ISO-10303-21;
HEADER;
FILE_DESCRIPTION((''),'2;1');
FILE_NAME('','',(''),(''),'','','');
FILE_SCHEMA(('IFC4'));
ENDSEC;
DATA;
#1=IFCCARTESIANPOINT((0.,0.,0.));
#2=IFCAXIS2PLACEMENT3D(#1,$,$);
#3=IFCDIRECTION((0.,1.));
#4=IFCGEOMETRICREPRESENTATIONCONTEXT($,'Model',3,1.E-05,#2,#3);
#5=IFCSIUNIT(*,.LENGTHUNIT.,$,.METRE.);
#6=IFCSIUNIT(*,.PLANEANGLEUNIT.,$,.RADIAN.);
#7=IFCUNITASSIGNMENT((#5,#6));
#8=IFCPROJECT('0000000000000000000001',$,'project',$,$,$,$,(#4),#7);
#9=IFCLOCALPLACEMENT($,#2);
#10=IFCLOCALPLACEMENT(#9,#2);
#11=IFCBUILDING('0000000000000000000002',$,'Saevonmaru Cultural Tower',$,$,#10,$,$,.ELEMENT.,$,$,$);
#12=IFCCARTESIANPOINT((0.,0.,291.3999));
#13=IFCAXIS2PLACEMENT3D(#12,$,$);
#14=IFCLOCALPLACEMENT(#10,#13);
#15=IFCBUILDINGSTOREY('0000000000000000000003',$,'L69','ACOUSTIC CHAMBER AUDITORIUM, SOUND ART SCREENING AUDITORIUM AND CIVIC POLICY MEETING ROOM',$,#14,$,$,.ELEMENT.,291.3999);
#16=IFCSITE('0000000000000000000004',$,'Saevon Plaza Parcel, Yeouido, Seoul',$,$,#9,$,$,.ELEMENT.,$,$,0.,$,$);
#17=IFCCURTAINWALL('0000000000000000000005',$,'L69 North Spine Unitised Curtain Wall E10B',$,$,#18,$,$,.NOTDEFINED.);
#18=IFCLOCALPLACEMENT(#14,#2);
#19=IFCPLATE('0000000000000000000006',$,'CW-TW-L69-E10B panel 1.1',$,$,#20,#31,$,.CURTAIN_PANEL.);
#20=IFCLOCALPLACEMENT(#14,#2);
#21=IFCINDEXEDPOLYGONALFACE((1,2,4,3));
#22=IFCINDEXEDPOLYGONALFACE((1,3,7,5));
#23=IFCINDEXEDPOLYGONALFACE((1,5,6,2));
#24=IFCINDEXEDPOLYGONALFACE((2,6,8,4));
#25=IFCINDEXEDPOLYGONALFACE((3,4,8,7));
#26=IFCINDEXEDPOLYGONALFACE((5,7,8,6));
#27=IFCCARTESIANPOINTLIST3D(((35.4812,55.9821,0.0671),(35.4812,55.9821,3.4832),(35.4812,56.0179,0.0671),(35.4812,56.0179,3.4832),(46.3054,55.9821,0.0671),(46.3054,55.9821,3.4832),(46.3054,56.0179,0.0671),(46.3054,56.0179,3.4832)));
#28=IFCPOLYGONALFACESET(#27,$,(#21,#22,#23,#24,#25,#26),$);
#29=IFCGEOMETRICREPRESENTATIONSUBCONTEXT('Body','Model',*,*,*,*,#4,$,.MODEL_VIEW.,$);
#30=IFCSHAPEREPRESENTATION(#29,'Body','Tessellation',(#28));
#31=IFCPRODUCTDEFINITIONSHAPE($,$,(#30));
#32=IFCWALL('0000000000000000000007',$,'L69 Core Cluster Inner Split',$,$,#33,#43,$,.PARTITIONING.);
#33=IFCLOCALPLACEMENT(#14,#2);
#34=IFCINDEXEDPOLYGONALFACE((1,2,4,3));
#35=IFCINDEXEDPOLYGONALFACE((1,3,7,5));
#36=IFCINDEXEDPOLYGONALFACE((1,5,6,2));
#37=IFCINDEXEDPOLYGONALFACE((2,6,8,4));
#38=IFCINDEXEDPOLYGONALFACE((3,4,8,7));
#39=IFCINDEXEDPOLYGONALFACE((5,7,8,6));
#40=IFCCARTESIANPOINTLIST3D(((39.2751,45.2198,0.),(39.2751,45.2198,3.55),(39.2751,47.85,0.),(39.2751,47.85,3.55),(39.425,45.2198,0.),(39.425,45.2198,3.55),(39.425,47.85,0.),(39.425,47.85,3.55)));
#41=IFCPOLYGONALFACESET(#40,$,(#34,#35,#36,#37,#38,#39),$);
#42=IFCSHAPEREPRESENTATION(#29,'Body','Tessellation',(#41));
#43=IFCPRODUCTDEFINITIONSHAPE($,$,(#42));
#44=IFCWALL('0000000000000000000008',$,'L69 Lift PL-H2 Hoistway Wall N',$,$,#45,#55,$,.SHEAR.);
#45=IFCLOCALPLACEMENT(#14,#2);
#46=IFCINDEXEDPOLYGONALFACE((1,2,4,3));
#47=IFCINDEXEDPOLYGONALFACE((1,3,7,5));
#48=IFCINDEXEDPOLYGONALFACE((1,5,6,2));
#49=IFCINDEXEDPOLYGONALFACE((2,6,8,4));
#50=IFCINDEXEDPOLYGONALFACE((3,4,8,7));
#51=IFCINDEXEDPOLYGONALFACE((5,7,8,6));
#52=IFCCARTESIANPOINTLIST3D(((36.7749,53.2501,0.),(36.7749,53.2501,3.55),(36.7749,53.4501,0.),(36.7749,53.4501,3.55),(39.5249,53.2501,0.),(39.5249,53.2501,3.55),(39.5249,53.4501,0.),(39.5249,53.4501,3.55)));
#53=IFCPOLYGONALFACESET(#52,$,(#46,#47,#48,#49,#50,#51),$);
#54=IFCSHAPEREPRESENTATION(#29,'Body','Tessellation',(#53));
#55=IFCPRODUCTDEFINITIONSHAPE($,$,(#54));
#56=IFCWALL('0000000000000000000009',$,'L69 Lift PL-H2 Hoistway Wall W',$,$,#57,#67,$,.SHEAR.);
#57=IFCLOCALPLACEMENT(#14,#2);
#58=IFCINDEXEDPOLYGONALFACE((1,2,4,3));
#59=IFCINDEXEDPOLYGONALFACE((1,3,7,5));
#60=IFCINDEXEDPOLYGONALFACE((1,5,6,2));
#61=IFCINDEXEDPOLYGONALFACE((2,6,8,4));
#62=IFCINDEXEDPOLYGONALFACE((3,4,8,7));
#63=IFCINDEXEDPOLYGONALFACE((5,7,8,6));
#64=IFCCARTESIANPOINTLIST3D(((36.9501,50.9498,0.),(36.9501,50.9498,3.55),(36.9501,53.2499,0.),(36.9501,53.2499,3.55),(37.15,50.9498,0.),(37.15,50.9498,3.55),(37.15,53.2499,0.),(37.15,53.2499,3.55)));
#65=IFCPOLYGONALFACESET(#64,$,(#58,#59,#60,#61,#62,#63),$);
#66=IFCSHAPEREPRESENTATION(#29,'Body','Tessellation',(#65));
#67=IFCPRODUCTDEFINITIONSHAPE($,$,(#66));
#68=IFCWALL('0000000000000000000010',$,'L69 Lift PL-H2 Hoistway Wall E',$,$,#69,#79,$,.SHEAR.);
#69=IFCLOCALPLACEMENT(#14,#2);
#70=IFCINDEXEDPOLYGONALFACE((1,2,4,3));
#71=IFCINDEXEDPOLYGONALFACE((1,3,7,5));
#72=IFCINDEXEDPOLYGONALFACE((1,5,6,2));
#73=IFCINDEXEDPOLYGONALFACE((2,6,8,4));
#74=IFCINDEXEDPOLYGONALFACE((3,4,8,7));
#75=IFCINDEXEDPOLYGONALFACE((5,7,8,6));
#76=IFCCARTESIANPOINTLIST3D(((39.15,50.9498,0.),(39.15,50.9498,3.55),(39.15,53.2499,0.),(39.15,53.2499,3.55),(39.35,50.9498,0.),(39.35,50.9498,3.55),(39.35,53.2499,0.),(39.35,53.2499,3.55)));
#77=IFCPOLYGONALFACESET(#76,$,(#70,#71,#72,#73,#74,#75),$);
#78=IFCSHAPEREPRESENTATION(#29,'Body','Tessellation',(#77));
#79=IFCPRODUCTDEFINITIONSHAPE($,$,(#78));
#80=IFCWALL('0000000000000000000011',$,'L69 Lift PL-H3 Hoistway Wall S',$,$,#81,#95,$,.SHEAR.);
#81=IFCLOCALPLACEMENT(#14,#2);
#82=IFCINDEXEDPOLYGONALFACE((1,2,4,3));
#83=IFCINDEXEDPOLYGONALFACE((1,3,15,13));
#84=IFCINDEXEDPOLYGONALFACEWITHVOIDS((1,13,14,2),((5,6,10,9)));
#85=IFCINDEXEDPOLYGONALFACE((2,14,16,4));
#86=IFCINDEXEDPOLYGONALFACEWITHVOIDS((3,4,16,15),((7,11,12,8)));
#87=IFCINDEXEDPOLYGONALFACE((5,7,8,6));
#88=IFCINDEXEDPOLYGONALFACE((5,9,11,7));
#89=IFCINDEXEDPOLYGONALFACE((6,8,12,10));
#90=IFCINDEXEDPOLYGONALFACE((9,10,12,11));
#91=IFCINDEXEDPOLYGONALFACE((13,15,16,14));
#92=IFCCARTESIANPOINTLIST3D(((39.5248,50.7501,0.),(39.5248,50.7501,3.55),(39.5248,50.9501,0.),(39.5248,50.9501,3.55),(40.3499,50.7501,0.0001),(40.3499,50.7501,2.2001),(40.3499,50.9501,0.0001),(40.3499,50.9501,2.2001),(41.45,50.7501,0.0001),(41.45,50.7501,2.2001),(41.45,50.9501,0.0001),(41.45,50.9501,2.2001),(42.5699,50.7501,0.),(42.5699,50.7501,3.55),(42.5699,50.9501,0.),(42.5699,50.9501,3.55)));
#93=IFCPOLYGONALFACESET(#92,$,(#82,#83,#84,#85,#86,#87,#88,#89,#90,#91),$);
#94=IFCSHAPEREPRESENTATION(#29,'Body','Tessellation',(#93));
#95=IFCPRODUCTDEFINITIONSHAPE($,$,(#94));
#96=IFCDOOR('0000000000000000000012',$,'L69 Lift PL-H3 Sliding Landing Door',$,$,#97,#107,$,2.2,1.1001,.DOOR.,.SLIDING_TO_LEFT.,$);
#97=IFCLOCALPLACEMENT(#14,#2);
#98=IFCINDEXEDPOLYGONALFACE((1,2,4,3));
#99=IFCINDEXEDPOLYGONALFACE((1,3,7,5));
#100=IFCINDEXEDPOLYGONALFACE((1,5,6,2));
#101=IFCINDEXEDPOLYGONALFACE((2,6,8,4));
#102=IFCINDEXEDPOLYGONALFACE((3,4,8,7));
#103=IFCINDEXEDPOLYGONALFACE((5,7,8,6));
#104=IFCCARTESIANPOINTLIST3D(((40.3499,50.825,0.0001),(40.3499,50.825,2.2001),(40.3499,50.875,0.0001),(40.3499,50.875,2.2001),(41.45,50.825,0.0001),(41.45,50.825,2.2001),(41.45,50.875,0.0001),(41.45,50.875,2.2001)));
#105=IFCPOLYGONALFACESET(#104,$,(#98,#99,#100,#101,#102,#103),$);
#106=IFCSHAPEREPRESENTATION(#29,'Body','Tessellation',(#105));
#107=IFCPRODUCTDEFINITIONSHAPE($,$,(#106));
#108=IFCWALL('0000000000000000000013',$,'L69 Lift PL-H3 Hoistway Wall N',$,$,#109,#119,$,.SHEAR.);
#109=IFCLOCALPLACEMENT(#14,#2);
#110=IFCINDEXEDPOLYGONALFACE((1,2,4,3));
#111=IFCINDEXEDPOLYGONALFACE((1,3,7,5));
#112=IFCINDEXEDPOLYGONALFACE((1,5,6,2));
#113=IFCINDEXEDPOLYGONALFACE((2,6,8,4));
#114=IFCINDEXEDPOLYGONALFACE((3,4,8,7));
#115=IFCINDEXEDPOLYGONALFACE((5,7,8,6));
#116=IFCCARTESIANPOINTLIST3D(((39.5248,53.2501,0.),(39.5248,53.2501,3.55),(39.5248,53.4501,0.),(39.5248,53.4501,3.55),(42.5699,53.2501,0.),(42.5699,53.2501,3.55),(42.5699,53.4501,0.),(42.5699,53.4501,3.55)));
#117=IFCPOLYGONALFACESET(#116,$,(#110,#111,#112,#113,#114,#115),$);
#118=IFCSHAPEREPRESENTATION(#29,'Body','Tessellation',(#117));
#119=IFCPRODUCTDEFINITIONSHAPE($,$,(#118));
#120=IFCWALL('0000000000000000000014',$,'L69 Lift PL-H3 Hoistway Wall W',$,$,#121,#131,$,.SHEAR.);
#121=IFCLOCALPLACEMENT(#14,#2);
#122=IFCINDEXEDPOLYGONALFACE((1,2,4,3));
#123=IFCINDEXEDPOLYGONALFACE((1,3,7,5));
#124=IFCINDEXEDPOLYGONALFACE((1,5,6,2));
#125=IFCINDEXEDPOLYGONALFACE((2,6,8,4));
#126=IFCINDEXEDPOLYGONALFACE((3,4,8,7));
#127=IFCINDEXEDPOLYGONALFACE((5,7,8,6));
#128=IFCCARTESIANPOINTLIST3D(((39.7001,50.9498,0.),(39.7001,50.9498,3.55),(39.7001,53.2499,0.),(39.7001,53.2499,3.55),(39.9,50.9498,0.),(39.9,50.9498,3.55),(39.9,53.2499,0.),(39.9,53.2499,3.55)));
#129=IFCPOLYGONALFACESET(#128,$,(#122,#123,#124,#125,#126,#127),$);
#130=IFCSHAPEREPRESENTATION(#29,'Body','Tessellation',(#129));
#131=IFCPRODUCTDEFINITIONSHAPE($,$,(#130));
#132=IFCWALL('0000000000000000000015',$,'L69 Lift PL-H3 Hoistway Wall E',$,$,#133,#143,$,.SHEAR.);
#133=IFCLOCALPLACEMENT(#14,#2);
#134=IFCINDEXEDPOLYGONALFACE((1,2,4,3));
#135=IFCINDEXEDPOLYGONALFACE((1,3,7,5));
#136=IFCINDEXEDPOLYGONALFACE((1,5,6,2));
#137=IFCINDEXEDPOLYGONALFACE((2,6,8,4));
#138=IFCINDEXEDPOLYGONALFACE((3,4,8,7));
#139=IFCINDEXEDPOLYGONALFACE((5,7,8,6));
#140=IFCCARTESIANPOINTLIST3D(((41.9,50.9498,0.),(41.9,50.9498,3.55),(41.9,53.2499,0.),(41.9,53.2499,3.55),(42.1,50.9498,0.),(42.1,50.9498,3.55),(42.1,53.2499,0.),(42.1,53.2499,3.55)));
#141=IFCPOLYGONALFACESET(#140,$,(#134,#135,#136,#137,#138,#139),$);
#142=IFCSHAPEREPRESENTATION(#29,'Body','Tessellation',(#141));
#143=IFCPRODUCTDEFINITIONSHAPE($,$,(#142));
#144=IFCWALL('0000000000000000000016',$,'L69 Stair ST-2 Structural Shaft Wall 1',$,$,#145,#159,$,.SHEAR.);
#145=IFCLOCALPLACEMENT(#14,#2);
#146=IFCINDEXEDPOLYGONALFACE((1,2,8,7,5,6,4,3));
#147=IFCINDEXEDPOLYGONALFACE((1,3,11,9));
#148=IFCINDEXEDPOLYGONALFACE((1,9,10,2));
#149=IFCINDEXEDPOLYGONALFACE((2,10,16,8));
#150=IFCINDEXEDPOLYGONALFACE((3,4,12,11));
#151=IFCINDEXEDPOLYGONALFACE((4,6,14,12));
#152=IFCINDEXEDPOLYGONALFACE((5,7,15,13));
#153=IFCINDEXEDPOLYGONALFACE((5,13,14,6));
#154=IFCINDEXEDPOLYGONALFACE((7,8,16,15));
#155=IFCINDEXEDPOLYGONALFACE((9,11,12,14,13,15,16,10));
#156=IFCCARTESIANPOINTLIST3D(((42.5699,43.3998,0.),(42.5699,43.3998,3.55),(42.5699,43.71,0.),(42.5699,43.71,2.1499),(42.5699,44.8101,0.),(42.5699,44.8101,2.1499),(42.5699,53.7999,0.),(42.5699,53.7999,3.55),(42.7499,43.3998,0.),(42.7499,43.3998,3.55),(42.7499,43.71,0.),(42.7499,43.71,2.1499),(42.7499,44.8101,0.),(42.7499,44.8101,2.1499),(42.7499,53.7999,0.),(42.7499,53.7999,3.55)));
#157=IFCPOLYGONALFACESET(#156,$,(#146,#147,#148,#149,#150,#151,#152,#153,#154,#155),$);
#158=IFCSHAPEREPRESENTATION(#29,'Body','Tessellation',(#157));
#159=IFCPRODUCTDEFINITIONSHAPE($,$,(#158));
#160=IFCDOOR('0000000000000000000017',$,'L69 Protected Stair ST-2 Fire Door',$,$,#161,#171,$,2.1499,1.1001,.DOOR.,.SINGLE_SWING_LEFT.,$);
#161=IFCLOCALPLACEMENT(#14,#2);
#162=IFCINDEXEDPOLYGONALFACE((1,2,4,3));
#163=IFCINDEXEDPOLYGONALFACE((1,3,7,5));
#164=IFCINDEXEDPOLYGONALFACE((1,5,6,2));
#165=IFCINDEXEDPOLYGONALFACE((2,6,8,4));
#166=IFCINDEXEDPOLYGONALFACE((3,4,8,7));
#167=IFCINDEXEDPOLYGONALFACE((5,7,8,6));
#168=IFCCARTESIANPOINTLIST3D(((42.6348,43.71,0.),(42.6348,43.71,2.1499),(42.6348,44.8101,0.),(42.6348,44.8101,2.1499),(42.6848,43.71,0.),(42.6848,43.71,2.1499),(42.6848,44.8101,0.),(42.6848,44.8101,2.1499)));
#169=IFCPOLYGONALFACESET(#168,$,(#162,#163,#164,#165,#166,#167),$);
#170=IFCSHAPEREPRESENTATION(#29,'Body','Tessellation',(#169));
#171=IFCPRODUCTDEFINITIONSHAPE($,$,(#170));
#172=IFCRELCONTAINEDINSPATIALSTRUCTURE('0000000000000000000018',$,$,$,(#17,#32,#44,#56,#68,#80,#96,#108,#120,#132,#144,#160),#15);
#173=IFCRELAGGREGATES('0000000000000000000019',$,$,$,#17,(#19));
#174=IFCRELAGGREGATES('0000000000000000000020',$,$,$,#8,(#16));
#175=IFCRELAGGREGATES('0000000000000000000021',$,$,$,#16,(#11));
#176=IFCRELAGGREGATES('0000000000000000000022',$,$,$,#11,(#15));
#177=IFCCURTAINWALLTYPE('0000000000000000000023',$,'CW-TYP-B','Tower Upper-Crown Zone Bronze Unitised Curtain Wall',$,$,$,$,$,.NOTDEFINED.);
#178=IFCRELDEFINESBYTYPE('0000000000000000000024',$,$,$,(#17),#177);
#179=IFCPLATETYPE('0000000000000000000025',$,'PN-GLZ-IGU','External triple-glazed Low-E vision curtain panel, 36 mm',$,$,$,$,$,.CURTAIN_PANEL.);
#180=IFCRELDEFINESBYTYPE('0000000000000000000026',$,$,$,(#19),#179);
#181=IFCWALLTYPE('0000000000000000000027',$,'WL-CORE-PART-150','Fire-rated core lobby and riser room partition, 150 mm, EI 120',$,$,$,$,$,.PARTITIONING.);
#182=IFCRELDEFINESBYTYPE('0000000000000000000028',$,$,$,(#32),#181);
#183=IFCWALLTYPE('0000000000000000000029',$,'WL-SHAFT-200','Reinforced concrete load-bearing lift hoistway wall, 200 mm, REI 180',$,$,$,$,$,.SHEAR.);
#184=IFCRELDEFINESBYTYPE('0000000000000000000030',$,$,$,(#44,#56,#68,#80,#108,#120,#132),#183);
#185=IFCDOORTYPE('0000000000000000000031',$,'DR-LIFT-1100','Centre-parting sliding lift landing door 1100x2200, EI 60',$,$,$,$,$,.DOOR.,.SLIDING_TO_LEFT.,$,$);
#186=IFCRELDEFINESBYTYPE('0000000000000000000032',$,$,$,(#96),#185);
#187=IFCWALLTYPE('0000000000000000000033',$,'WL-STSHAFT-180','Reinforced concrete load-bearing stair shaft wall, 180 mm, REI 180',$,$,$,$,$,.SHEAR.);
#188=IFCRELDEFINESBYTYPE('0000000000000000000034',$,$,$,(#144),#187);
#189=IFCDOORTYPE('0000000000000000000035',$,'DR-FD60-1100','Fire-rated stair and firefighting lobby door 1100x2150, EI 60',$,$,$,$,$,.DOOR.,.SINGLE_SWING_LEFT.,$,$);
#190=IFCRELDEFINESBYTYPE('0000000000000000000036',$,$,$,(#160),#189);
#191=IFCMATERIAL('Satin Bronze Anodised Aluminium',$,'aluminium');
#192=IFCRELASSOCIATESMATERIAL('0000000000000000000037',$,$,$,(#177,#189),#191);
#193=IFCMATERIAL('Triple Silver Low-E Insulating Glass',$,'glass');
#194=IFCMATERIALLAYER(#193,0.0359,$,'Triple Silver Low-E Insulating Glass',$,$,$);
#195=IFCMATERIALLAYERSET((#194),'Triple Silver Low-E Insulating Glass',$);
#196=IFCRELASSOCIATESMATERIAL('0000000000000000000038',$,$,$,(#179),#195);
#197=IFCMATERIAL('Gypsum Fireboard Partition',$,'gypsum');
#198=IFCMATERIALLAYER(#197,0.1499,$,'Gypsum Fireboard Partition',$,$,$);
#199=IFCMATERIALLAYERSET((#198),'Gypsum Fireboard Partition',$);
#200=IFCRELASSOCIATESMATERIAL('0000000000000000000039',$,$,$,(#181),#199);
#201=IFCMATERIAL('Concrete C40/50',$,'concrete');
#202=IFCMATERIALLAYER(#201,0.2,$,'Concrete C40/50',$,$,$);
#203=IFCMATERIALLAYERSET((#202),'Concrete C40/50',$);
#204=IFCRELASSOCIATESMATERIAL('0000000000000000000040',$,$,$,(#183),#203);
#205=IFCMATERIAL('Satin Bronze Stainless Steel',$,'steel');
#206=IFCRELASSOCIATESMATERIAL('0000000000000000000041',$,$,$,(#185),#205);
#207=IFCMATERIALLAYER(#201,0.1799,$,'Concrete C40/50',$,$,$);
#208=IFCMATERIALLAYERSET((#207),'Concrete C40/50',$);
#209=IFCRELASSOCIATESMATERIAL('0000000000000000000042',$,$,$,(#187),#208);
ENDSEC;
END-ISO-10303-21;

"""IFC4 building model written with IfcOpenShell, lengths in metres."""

from ifc_helpers import new_model, si_unit, direction, frame, frame_2d, origin, origin_2d, place, context, subcontext, project, spatial, rectangle, extrude, material, layer, layer_set, type_object, element, fill, aggregate, save


model = new_model("IFC4")

# Units and contexts
model_context = context("Model", 3, precision=1e-05, world=origin(), true_north=direction((0.0, 1.0)))
body_context = subcontext(model_context, "Body", "Model", "MODEL_VIEW")
ifc_project = project(units=[si_unit("LENGTHUNIT", "METRE"), si_unit("PLANEANGLEUNIT", "RADIAN")], contexts=[model_context])

# Site, building, storey
site_placement = place(None, origin())
site = spatial("IfcSite", under=ifc_project, at=site_placement, Name="Saevon Plaza Parcel, Yeouido, Seoul", CompositionType="ELEMENT", RefElevation=0.0)
building_placement = place(site_placement, origin())
building = spatial("IfcBuilding", under=site, at=building_placement, Name="Saevonmaru Cultural Tower", CompositionType="ELEMENT")
storey_placement = place(building_placement, frame((0.0, 0.0, 291.3999)))
storey = spatial("IfcBuildingStorey", under=building, at=storey_placement, Name="L69", Description="ACOUSTIC CHAMBER AUDITORIUM, SOUND ART SCREENING AUDITORIUM AND CIVIC POLICY MEETING ROOM", CompositionType="ELEMENT", Elevation=291.3999)

# Curtain wall, plate
ifc_material_1 = material(Name="Satin Bronze Anodised Aluminium", Category="aluminium")
curtain_wall_type = type_object("IfcCurtainWallType", Name="CW-TYP-B", Description="Tower Upper-Crown Zone Bronze Unitised Curtain Wall", PredefinedType="NOTDEFINED", material=ifc_material_1)
curtain_wall_placement = place(storey_placement, origin())
curtain_wall = element("IfcCurtainWall", 1, at=curtain_wall_placement, inside=storey, type_object=curtain_wall_type, Name="L69 North Spine Unitised Curtain Wall E10B", PredefinedType="NOTDEFINED")
ifc_material_2 = material(Name="Triple Silver Low-E Insulating Glass", Category="glass")
ifc_layer_1 = layer(ifc_material_2, 0.0359, Name="Triple Silver Low-E Insulating Glass")
ifc_layer_set_1 = layer_set([ifc_layer_1], Name="Triple Silver Low-E Insulating Glass")
plate_type = type_object("IfcPlateType", Name="PN-GLZ-IGU", Description="External triple-glazed Low-E vision curtain panel, 36 mm", PredefinedType="CURTAIN_PANEL", material=ifc_layer_set_1)
plate_placement = place(storey_placement, frame((40.8933, 56.0, 0.0671), z_axis=(0.0, 0.0, 1.0), x_axis=(-1.0, 0.0, 0.0)))
plate = element("IfcPlate", 2, at=plate_placement, type_object=plate_type, Name="CW-TW-L69-E10B panel 1.1", PredefinedType="CURTAIN_PANEL", context=body_context, shape_type="SweptSolid", body=[
    extrude(rectangle(XDim=10.8242, YDim=0.0359, at=origin_2d()), origin(), (0.0, 0.0, 1.0), 3.416),
])
aggregate(curtain_wall, [plate])

# Walls
ifc_material_3 = material(Name="Gypsum Fireboard Partition", Category="gypsum")
ifc_layer_2 = layer(ifc_material_3, 0.1499, Name="Gypsum Fireboard Partition")
ifc_layer_set_2 = layer_set([ifc_layer_2], Name="Gypsum Fireboard Partition")
wall_type_1 = type_object("IfcWallType", Name="WL-CORE-PART-150", Description="Fire-rated core lobby and riser room partition, 150 mm, EI 120", PredefinedType="PARTITIONING", material=ifc_layer_set_2)
wall_1_placement = place(storey_placement, frame((39.3501, 45.22, 0.0), z_axis=(0.0, 0.0, 1.0), x_axis=(0.0, 1.0, 0.0)))
element("IfcWall", 3, at=wall_1_placement, inside=storey, type_object=wall_type_1, Name="L69 Core Cluster Inner Split", PredefinedType="PARTITIONING", context=body_context, shape_type="SweptSolid", body=[
    extrude(rectangle(XDim=2.6301, YDim=0.1499, at=frame_2d((1.3149, 0.0))), origin(), (0.0, 0.0, 1.0), 3.55),
])
ifc_material_4 = material(Name="Concrete C40/50", Category="concrete")
ifc_layer_3 = layer(ifc_material_4, 0.2, Name="Concrete C40/50")
ifc_layer_set_3 = layer_set([ifc_layer_3], Name="Concrete C40/50")
wall_type_2 = type_object("IfcWallType", Name="WL-SHAFT-200", Description="Reinforced concrete load-bearing lift hoistway wall, 200 mm, REI 180", PredefinedType="SHEAR", material=ifc_layer_set_3)
wall_2_placement = place(storey_placement, frame((36.7749, 53.3501, 0.0), z_axis=(0.0, 0.0, 1.0), x_axis=(1.0, 0.0, 0.0)))
element("IfcWall", 4, at=wall_2_placement, inside=storey, type_object=wall_type_2, Name="L69 Lift PL-H2 Hoistway Wall N", PredefinedType="SHEAR", context=body_context, shape_type="SweptSolid", body=[
    extrude(rectangle(XDim=2.75, YDim=0.2, at=frame_2d((1.375, 0.0))), origin(), (0.0, 0.0, 1.0), 3.55),
])
for number, where, z_axis, x_axis, name in (
    (5, (37.05, 50.95, 0.0), (0.0, 0.0, 1.0), (0.0, 1.0, 0.0), "L69 Lift PL-H2 Hoistway Wall W"),
    (6, (39.25, 50.95, 0.0), (0.0, 0.0, 1.0), (0.0, 1.0, 0.0), "L69 Lift PL-H2 Hoistway Wall E"),
):
    element("IfcWall", number, at=place(storey_placement, frame(where, z_axis=z_axis, x_axis=x_axis)), inside=storey, type_object=wall_type_2, Name=name, PredefinedType="SHEAR", context=body_context, shape_type="SweptSolid", body=[
        extrude(rectangle(XDim=2.3, YDim=0.2, at=frame_2d((1.1499, 0.0))), origin(), (0.0, 0.0, 1.0), 3.55),
    ])

# Wall, opening, door
wall_3_placement = place(storey_placement, frame((39.5249, 50.8501, 0.0), z_axis=(0.0, 0.0, 1.0), x_axis=(1.0, 0.0, 0.0)))
wall_3 = element("IfcWall", 7, at=wall_3_placement, inside=storey, type_object=wall_type_2, Name="L69 Lift PL-H3 Hoistway Wall S", PredefinedType="SHEAR", context=body_context, shape_type="SweptSolid", body=[
    extrude(rectangle(XDim=3.0452, YDim=0.2, at=frame_2d((1.5225, 0.0))), origin(), (0.0, 0.0, 1.0), 3.55),
])
opening_1_placement = place(wall_3_placement, frame((0.825, 0.0, 0.0)))
opening_1 = element("IfcOpeningElement", 8, at=opening_1_placement, cuts=wall_3, PredefinedType="OPENING", context=body_context, shape_type="SweptSolid", body=[
    extrude(rectangle(XDim=1.1001, YDim=2.2, at=frame_2d((0.55, 1.1001))), frame((0.0, 0.1099, 0.0), z_axis=(0.0, -1.0, 0.0), x_axis=(1.0, 0.0, 0.0)), (0.0, 0.0, 1.0), 0.22),
])
ifc_material_5 = material(Name="Satin Bronze Stainless Steel", Category="steel")
door_type_1 = type_object("IfcDoorType", Name="DR-LIFT-1100", Description="Centre-parting sliding lift landing door 1100x2200, EI 60", OperationType="SLIDING_TO_LEFT", PredefinedType="DOOR", material=ifc_material_5)
door_1_placement = place(opening_1_placement, origin())
door_1 = element("IfcDoor", 9, at=door_1_placement, inside=storey, type_object=door_type_1, Name="L69 Lift PL-H3 Sliding Landing Door", OperationType="SLIDING_TO_LEFT", OverallHeight=2.2, OverallWidth=1.1001, PredefinedType="DOOR", context=body_context, shape_type="SweptSolid", body=[
    extrude(rectangle(XDim=1.1001, YDim=2.2, at=frame_2d((0.55, 1.1001))), frame((0.0, 0.0249, 0.0), z_axis=(0.0, -1.0, 0.0), x_axis=(1.0, 0.0, 0.0)), (0.0, 0.0, 1.0), 0.05),
])
fill(opening_1, door_1)

# Walls
wall_4_placement = place(storey_placement, frame((39.5249, 53.3501, 0.0), z_axis=(0.0, 0.0, 1.0), x_axis=(1.0, 0.0, 0.0)))
element("IfcWall", 10, at=wall_4_placement, inside=storey, type_object=wall_type_2, Name="L69 Lift PL-H3 Hoistway Wall N", PredefinedType="SHEAR", context=body_context, shape_type="SweptSolid", body=[
    extrude(rectangle(XDim=3.0452, YDim=0.2, at=frame_2d((1.5225, 0.0))), origin(), (0.0, 0.0, 1.0), 3.55),
])
for number, where, z_axis, x_axis, name in (
    (11, (39.8, 50.95, 0.0), (0.0, 0.0, 1.0), (0.0, 1.0, 0.0), "L69 Lift PL-H3 Hoistway Wall W"),
    (12, (42.0, 50.95, 0.0), (0.0, 0.0, 1.0), (0.0, 1.0, 0.0), "L69 Lift PL-H3 Hoistway Wall E"),
):
    element("IfcWall", number, at=place(storey_placement, frame(where, z_axis=z_axis, x_axis=x_axis)), inside=storey, type_object=wall_type_2, Name=name, PredefinedType="SHEAR", context=body_context, shape_type="SweptSolid", body=[
        extrude(rectangle(XDim=2.3, YDim=0.2, at=frame_2d((1.1499, 0.0))), origin(), (0.0, 0.0, 1.0), 3.55),
    ])

# Wall, opening, door
ifc_layer_4 = layer(ifc_material_4, 0.1799, Name="Concrete C40/50")
ifc_layer_set_4 = layer_set([ifc_layer_4], Name="Concrete C40/50")
wall_type_3 = type_object("IfcWallType", Name="WL-STSHAFT-180", Description="Reinforced concrete load-bearing stair shaft wall, 180 mm, REI 180", PredefinedType="SHEAR", material=ifc_layer_set_4)
wall_5_placement = place(storey_placement, frame((42.6599, 53.8, 0.0), z_axis=(0.0, 0.0, 1.0), x_axis=(0.0, -1.0, 0.0)))
wall_5 = element("IfcWall", 13, at=wall_5_placement, inside=storey, type_object=wall_type_3, Name="L69 Stair ST-2 Structural Shaft Wall 1", PredefinedType="SHEAR", context=body_context, shape_type="SweptSolid", body=[
    extrude(rectangle(XDim=10.4001, YDim=0.1799, at=frame_2d((5.2002, 0.0))), origin(), (0.0, 0.0, 1.0), 3.55),
])
opening_2_placement = place(wall_5_placement, frame((8.99, 0.0, 0.0)))
opening_2 = element("IfcOpeningElement", 14, at=opening_2_placement, cuts=wall_5, PredefinedType="OPENING", context=body_context, shape_type="SweptSolid", body=[
    extrude(rectangle(XDim=1.1001, YDim=2.1499, at=frame_2d((0.55, 1.075))), frame((0.0, 0.1001, 0.0), z_axis=(0.0, -1.0, 0.0), x_axis=(1.0, 0.0, 0.0)), (0.0, 0.0, 1.0), 0.2),
])
door_type_2 = type_object("IfcDoorType", Name="DR-FD60-1100", Description="Fire-rated stair and firefighting lobby door 1100x2150, EI 60", OperationType="SINGLE_SWING_LEFT", PredefinedType="DOOR", material=ifc_material_1)
door_2_placement = place(opening_2_placement, origin())
door_2 = element("IfcDoor", 15, at=door_2_placement, inside=storey, type_object=door_type_2, Name="L69 Protected Stair ST-2 Fire Door", OperationType="SINGLE_SWING_LEFT", OverallHeight=2.1499, OverallWidth=1.1001, PredefinedType="DOOR", context=body_context, shape_type="SweptSolid", body=[
    extrude(rectangle(XDim=1.1001, YDim=2.1499, at=frame_2d((0.55, 1.075))), frame((0.0, 0.0249, 0.0), z_axis=(0.0, -1.0, 0.0), x_axis=(1.0, 0.0, 0.0)), (0.0, 0.0, 1.0), 0.05),
])
fill(opening_2, door_2)

save(model, "model.ifc")
